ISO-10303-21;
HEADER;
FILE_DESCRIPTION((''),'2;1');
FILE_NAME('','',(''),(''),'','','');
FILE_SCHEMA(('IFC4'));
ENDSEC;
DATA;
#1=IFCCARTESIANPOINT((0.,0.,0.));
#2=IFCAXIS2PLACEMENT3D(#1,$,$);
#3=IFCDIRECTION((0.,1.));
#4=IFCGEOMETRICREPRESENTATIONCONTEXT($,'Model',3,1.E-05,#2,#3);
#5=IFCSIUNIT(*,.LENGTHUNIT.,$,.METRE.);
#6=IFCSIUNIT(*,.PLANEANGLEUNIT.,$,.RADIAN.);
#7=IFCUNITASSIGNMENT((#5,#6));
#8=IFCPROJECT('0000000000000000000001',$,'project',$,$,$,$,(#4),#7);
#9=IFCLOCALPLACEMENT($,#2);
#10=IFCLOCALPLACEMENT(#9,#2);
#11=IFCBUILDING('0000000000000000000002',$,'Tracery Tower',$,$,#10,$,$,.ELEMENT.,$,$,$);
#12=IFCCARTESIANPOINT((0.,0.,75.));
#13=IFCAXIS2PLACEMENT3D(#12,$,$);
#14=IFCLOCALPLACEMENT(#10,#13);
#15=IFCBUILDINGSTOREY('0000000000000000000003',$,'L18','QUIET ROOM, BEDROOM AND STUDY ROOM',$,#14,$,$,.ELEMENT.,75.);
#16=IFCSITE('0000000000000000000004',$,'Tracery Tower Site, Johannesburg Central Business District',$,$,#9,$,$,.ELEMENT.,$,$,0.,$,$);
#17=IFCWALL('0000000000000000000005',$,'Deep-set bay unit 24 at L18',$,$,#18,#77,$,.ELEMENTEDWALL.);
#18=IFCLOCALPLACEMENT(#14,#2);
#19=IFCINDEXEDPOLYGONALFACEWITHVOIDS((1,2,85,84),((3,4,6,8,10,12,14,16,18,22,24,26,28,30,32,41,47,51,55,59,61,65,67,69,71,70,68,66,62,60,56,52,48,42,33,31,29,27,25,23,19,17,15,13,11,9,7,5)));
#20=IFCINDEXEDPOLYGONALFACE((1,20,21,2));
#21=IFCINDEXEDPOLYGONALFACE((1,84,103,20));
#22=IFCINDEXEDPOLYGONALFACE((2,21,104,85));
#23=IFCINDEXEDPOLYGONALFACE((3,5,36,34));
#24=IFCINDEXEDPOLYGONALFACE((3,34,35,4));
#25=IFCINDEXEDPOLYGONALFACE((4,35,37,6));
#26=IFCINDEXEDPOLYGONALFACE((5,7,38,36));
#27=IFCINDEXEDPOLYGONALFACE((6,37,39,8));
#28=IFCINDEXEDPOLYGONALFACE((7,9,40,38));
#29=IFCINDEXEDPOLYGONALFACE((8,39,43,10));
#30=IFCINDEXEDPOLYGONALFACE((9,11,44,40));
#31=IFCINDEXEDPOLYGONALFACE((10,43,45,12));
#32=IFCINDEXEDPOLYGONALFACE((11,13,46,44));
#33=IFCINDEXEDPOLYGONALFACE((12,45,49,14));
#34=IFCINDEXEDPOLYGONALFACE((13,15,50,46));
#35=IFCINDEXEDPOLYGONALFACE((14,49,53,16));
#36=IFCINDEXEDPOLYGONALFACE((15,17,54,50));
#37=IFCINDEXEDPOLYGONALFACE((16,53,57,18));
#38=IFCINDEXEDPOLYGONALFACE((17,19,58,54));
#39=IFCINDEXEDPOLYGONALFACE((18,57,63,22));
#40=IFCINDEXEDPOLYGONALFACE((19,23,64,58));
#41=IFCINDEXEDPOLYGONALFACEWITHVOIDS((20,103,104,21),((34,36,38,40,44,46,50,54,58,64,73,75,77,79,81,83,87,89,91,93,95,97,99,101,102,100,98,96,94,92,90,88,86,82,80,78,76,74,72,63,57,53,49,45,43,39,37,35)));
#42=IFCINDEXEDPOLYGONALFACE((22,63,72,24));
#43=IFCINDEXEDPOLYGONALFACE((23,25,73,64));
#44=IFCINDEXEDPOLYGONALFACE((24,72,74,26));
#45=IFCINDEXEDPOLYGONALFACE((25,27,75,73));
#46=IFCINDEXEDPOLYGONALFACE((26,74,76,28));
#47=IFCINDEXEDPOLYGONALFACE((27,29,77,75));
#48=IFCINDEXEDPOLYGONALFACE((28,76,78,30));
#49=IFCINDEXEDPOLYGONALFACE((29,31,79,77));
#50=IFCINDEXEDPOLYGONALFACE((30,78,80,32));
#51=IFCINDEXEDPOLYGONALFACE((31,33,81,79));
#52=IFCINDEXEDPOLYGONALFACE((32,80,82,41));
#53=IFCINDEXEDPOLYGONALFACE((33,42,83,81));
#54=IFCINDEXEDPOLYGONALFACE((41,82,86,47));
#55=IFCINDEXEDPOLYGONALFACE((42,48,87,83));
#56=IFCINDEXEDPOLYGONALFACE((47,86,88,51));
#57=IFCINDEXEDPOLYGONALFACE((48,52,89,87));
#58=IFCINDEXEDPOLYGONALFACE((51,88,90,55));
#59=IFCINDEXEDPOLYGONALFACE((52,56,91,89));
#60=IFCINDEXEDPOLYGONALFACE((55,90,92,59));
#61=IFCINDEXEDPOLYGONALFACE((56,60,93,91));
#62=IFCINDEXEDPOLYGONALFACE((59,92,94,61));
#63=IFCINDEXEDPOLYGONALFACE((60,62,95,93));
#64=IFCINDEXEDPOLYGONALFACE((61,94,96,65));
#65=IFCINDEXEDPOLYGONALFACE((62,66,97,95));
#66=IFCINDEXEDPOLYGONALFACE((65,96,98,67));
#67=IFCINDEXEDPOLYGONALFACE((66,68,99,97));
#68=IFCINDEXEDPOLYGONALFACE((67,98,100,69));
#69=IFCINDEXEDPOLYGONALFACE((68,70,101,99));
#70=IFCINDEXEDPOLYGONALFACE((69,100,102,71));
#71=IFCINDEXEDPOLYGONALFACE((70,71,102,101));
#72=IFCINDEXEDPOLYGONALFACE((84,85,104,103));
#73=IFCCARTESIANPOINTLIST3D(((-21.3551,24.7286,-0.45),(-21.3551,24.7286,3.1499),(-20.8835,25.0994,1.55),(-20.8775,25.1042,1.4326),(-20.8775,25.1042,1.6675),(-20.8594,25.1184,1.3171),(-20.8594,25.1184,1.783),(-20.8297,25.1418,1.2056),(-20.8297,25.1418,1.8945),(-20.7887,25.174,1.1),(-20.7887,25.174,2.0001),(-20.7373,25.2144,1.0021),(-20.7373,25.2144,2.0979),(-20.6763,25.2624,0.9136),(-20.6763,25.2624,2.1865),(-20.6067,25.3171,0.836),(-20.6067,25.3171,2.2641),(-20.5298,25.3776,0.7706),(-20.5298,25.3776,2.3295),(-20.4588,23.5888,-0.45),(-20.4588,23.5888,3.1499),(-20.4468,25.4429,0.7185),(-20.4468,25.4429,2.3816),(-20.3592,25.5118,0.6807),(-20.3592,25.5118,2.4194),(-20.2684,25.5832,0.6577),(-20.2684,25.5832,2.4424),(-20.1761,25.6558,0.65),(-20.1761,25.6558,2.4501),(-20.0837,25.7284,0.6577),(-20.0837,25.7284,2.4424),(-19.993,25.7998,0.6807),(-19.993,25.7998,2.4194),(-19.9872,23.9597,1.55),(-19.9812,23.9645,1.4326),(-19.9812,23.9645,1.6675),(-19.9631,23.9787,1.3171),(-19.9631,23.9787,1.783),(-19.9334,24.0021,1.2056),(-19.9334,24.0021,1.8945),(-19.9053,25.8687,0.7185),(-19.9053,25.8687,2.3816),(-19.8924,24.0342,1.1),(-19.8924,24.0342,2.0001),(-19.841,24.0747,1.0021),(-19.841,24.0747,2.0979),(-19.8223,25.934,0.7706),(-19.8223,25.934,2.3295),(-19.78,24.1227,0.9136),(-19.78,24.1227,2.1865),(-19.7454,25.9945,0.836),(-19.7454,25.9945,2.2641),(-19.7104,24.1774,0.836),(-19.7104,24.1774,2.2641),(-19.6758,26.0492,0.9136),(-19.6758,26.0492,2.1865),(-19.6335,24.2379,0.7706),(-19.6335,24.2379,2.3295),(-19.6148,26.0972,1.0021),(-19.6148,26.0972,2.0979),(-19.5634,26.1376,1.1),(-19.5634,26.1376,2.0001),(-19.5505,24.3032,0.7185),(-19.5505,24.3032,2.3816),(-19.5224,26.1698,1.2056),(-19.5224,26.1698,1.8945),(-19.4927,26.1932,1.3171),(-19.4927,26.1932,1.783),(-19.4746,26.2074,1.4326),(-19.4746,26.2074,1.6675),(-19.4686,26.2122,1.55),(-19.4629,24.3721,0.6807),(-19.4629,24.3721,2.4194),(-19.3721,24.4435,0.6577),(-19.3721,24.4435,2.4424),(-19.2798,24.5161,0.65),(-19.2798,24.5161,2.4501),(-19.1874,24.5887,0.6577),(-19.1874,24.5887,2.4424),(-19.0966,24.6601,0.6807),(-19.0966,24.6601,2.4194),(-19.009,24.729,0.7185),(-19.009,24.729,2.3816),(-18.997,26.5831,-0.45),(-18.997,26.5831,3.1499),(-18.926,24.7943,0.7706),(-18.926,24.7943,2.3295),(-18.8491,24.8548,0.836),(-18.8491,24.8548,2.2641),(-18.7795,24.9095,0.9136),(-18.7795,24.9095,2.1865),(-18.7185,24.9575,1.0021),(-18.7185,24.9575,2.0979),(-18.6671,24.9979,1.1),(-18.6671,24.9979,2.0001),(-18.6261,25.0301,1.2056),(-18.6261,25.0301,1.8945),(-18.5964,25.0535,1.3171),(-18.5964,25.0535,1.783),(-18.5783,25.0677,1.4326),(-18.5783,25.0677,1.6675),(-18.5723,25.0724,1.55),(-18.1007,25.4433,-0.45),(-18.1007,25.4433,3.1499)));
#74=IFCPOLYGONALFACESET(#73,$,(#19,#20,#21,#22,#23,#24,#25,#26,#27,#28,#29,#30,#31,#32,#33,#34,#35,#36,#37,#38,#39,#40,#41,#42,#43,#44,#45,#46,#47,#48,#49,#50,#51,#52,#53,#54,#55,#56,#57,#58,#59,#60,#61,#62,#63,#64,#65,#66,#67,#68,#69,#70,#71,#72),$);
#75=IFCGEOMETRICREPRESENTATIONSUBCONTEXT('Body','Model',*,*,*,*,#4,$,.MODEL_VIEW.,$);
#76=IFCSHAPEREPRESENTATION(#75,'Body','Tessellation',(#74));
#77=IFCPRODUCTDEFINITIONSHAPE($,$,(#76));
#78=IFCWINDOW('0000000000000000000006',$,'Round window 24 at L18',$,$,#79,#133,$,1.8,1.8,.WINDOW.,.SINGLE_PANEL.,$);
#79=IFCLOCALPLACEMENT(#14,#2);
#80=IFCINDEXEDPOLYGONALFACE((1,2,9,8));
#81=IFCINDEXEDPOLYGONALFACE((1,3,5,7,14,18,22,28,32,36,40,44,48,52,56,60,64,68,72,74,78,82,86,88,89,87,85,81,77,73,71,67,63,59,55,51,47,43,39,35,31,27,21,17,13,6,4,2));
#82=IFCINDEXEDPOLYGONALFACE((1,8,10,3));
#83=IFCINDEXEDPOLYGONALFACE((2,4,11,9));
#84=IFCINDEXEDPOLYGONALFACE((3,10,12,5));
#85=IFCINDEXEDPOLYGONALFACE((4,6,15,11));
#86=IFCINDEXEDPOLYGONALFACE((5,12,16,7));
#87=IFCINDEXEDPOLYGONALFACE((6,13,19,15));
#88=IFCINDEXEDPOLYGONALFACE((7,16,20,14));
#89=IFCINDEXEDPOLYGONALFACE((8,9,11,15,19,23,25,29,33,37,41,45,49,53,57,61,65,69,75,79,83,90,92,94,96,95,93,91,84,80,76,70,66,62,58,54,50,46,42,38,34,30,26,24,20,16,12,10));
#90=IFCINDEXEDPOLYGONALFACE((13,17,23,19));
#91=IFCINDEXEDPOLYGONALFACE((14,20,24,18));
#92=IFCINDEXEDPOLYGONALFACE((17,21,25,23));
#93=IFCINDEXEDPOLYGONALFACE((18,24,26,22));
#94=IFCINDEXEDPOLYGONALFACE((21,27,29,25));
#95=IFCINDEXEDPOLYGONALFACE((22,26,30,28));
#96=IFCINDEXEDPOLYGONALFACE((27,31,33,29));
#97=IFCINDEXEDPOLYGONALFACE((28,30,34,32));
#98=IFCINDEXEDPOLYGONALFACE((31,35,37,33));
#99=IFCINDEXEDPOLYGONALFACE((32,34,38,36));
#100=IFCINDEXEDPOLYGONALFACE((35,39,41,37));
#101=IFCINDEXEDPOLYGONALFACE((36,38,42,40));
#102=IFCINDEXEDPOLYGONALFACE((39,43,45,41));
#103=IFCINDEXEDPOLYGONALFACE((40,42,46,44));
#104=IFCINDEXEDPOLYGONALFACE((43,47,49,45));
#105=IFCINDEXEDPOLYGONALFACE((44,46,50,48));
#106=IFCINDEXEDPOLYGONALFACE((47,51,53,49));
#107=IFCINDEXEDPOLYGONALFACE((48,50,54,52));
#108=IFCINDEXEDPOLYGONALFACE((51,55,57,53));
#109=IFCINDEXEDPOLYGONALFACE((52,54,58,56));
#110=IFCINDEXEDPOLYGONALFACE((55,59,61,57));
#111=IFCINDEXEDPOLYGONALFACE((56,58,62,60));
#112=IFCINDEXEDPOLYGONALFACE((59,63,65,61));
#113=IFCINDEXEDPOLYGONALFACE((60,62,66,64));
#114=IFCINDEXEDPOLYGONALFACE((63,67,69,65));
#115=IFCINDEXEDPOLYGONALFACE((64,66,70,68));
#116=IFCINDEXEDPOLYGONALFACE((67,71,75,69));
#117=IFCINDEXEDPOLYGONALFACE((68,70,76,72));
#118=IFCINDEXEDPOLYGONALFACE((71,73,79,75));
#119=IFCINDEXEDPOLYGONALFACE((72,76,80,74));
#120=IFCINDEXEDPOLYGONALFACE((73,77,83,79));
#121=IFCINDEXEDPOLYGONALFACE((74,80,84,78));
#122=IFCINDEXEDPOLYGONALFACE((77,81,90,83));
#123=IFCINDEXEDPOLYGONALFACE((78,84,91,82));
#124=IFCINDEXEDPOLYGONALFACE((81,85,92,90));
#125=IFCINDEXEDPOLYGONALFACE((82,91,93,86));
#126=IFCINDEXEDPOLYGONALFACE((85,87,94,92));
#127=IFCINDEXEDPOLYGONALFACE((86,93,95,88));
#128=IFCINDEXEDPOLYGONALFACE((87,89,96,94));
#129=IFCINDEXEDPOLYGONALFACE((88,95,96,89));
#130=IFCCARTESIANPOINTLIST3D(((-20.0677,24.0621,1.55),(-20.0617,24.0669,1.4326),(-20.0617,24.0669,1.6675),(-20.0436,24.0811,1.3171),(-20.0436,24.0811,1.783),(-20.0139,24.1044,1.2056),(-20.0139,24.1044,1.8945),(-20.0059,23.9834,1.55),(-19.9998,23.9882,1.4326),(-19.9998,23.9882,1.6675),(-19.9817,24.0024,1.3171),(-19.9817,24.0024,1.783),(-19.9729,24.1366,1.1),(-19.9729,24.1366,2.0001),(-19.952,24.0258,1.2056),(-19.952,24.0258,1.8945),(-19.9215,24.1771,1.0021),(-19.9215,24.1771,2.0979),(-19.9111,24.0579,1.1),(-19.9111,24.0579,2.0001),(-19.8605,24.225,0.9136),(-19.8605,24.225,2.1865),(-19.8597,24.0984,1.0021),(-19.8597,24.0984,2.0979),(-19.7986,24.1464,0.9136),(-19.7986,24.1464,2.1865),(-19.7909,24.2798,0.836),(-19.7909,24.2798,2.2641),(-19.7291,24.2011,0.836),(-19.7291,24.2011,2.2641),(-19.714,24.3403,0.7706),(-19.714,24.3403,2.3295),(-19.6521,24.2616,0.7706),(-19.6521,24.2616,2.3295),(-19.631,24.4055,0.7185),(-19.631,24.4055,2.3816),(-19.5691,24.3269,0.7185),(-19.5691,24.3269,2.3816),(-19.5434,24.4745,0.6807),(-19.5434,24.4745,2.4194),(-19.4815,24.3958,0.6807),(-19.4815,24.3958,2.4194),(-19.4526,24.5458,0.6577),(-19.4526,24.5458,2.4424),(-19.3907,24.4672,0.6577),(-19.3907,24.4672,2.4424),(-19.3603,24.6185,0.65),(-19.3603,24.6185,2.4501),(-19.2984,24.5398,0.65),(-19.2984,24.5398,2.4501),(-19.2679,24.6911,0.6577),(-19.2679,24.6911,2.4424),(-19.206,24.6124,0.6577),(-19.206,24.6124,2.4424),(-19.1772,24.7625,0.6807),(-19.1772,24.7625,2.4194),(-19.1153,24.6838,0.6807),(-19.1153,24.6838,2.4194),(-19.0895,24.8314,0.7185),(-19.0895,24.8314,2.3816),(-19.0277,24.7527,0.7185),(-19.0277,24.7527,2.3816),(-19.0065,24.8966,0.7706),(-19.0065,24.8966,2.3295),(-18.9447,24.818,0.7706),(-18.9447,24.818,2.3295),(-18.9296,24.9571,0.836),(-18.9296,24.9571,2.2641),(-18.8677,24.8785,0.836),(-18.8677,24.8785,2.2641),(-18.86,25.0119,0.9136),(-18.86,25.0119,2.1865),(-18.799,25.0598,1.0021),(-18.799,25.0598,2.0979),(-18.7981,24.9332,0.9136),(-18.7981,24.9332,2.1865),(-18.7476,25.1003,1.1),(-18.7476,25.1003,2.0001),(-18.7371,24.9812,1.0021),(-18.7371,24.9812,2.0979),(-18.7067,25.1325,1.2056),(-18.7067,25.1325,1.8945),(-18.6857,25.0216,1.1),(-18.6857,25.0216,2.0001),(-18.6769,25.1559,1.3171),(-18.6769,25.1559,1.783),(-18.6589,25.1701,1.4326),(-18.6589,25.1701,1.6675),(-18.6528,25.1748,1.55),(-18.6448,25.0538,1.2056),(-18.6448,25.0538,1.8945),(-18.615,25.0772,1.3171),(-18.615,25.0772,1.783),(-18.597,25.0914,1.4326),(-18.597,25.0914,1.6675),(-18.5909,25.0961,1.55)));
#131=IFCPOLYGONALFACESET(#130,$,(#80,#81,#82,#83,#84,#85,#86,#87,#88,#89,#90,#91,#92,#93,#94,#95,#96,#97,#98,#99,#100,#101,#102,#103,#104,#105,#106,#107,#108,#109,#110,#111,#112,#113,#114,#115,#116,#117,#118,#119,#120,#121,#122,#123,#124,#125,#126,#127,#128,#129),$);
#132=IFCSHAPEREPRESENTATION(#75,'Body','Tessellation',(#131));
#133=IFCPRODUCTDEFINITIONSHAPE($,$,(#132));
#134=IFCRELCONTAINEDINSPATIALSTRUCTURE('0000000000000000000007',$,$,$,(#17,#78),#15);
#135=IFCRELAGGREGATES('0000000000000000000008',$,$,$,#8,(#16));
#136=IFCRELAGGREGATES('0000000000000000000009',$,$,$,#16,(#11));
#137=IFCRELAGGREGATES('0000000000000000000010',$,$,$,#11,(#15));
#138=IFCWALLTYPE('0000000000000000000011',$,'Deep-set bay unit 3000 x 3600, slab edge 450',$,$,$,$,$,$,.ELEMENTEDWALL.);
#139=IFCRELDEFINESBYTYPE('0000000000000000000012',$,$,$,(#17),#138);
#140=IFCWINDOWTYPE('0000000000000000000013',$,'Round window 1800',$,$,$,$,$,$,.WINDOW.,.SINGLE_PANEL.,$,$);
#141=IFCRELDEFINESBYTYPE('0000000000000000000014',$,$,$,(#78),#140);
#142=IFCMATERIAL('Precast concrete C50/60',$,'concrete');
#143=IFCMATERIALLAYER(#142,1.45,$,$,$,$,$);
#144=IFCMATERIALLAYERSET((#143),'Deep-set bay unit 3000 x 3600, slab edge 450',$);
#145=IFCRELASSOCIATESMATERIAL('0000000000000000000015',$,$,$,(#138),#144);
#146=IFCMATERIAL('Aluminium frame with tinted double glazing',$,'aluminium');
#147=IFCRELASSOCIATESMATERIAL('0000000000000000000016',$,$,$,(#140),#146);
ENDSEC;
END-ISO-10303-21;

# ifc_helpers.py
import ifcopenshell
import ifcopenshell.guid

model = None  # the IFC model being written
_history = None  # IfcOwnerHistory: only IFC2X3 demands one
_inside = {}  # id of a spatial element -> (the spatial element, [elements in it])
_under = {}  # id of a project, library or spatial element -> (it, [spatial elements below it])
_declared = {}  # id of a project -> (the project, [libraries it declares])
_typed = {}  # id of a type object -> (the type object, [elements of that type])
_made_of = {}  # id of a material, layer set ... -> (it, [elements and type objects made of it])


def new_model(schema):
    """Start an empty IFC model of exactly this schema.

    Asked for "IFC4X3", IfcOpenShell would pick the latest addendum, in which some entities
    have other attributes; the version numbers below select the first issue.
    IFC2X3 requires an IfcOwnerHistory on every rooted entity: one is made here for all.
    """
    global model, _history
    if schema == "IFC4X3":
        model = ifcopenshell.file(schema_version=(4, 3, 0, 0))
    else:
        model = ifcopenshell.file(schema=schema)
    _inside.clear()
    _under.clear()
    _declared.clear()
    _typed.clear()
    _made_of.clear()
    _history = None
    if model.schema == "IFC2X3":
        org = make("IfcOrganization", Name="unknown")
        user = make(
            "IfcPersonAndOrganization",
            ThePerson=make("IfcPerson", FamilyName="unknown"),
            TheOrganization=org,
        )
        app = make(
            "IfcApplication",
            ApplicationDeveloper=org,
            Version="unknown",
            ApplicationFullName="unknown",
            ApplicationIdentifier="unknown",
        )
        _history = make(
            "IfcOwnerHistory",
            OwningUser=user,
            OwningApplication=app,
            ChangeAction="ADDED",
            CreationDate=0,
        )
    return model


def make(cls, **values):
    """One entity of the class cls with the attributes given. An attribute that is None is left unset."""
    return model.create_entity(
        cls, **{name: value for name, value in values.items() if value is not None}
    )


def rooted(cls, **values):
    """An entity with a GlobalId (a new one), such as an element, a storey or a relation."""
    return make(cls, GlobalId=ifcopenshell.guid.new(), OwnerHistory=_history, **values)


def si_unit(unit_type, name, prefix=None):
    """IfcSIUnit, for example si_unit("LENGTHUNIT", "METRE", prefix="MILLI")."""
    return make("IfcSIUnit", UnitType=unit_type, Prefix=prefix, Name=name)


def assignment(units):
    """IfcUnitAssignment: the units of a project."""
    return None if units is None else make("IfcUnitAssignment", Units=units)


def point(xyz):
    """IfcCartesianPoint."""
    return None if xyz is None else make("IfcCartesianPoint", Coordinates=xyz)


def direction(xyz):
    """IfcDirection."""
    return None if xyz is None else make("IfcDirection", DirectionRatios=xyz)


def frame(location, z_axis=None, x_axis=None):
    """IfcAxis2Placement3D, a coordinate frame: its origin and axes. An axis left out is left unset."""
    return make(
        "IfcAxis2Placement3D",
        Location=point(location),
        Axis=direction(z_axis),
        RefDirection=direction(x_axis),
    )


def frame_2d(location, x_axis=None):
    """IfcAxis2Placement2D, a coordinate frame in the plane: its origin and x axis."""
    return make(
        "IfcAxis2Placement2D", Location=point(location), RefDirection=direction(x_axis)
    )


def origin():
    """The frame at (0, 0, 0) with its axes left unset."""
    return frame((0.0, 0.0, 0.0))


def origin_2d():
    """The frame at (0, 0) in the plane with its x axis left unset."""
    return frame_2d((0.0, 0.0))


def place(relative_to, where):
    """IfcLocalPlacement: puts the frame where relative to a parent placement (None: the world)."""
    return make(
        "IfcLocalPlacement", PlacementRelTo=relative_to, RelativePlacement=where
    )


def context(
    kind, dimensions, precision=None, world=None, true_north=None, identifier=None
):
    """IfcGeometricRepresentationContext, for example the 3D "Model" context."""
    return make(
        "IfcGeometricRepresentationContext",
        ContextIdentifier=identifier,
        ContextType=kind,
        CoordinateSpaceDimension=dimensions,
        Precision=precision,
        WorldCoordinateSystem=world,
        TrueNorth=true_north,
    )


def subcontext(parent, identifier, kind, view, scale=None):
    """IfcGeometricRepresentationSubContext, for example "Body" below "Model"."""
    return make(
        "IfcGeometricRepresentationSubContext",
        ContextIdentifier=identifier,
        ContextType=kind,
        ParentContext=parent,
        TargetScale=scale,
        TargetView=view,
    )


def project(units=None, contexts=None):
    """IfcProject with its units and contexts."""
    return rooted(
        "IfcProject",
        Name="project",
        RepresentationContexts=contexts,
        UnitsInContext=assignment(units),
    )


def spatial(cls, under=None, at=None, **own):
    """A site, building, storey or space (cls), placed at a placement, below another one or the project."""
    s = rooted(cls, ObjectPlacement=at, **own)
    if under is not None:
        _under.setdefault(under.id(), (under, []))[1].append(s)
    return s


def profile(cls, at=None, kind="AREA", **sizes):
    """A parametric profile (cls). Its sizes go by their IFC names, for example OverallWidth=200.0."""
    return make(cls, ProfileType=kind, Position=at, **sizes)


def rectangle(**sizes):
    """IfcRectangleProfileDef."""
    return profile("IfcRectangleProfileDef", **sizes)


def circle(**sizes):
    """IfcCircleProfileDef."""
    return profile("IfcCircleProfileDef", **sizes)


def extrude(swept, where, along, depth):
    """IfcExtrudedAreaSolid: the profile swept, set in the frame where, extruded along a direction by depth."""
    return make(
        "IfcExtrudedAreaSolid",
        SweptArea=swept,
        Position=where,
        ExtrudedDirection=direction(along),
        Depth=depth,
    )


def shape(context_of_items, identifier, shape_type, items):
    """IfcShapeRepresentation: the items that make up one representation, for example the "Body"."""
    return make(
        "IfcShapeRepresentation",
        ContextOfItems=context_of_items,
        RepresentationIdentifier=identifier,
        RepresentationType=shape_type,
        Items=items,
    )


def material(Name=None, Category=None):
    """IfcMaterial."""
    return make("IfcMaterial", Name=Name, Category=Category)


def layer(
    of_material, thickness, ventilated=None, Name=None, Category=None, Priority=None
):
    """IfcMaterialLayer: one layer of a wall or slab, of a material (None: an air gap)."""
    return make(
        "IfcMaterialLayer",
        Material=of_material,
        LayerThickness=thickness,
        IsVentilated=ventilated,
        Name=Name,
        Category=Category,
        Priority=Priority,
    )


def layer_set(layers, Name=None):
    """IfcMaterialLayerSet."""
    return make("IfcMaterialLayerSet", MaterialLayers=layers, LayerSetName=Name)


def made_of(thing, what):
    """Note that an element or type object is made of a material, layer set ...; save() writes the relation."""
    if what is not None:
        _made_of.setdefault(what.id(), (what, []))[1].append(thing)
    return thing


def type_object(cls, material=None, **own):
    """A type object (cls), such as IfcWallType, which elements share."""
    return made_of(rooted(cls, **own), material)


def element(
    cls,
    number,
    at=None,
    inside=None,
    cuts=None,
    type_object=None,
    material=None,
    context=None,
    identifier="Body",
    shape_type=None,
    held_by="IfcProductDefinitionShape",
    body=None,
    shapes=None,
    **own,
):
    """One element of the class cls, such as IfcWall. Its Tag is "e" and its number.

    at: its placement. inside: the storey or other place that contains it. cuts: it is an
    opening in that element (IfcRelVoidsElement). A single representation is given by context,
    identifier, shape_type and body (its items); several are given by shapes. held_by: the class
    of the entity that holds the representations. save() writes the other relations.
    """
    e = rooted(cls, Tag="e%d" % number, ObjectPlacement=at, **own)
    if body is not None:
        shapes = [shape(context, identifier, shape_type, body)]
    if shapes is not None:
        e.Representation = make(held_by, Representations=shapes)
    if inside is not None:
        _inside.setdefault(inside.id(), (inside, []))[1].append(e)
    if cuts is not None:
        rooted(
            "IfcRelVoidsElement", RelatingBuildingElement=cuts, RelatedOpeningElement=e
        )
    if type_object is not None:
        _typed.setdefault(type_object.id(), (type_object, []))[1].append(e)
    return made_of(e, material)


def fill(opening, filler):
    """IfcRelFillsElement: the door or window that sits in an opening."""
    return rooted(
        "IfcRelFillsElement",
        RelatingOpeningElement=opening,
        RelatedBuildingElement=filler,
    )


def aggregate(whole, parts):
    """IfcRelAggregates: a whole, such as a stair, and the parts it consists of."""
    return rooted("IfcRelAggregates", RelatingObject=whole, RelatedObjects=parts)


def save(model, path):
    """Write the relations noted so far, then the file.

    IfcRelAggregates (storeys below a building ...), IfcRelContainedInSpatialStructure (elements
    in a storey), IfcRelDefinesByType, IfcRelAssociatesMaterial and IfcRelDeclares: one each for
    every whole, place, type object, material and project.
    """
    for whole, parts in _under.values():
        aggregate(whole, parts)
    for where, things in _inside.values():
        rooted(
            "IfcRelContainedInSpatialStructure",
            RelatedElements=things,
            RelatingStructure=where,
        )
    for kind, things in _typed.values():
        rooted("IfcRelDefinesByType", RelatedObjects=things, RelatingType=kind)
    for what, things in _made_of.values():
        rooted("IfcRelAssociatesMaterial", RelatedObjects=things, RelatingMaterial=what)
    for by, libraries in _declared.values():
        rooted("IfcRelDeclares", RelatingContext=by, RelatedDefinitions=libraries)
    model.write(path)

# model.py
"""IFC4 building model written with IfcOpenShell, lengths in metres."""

from ifc_helpers import new_model, si_unit, direction, frame, frame_2d, origin, origin_2d, place, context, subcontext, project, spatial, rectangle, circle, extrude, material, layer, layer_set, type_object, element, fill, save


model = new_model("IFC4")

# Units and contexts
model_context = context("Model", 3, precision=1e-05, world=origin(), true_north=direction((0.0, 1.0)))
body_context = subcontext(model_context, "Body", "Model", "MODEL_VIEW")
ifc_project = project(units=[si_unit("LENGTHUNIT", "METRE"), si_unit("PLANEANGLEUNIT", "RADIAN")], contexts=[model_context])

# Site, building, storey
site_placement = place(None, origin())
site = spatial("IfcSite", under=ifc_project, at=site_placement, Name="Tracery Tower Site, Johannesburg Central Business District", CompositionType="ELEMENT", RefElevation=0.0)
building_placement = place(site_placement, origin())
building = spatial("IfcBuilding", under=site, at=building_placement, Name="Tracery Tower", CompositionType="ELEMENT")
storey_placement = place(building_placement, frame((0.0, 0.0, 75.0)))
storey = spatial("IfcBuildingStorey", under=building, at=storey_placement, Name="L18", Description="QUIET ROOM, BEDROOM AND STUDY ROOM", CompositionType="ELEMENT", Elevation=75.0)

# Wall, opening, window
ifc_material_1 = material(Name="Precast concrete C50/60", Category="concrete")
ifc_layer_1 = layer(ifc_material_1, 1.45)
ifc_layer_set_1 = layer_set([ifc_layer_1], Name="Deep-set bay unit 3000 x 3600, slab edge 450")
wall_type_1 = type_object("IfcWallType", Name="Deep-set bay unit 3000 x 3600, slab edge 450", PredefinedType="ELEMENTEDWALL", material=ifc_layer_set_1)
wall_1_placement = place(storey_placement, frame((-18.5488, 26.0132, -0.45), z_axis=(0.0, 0.0, 1.0), x_axis=(-0.78605, -0.618163, 0.0)))
wall_1 = element("IfcWall", 1, at=wall_1_placement, inside=storey, type_object=wall_type_1, Name="Deep-set bay unit 24 at L18", PredefinedType="ELEMENTEDWALL", context=body_context, shape_type="SweptSolid", body=[
    extrude(rectangle(XDim=3.0, YDim=1.45, at=frame_2d((1.5, 0.0))), origin(), (0.0, 0.0, 1.0), 3.5999),
])
opening_1_placement = place(wall_1_placement, frame((1.5, 0.0, 2.0)))
opening_1 = element("IfcOpeningElement", 2, at=opening_1_placement, cuts=wall_1, PredefinedType="OPENING", context=body_context, shape_type="SweptSolid", body=[
    extrude(circle(Radius=0.9, at=origin_2d()), frame((0.0, 0.7349, 0.0), z_axis=(0.0, -1.0, 0.0), x_axis=(1.0, 0.0, 0.0)), (0.0, 0.0, 1.0), 1.47),
])
ifc_material_2 = material(Name="Aluminium frame with tinted double glazing", Category="aluminium")
window_type = type_object("IfcWindowType", Name="Round window 1800", PartitioningType="SINGLE_PANEL", PredefinedType="WINDOW", material=ifc_material_2)
window_1_placement = place(opening_1_placement, origin())
window_1 = element("IfcWindow", 3, at=window_1_placement, inside=storey, type_object=window_type, Name="Round window 24 at L18", OverallHeight=1.8, OverallWidth=1.8, PartitioningType="SINGLE_PANEL", PredefinedType="WINDOW", context=body_context, shape_type="SweptSolid", body=[
    extrude(circle(Radius=0.9, at=origin_2d()), frame((0.0, 0.6948, 0.0), z_axis=(0.0, -1.0, 0.0), x_axis=(1.0, 0.0, 0.0)), (0.0, 0.0, 1.0), 0.1001),
])
fill(opening_1, window_1)

save(model, "model.ifc")
